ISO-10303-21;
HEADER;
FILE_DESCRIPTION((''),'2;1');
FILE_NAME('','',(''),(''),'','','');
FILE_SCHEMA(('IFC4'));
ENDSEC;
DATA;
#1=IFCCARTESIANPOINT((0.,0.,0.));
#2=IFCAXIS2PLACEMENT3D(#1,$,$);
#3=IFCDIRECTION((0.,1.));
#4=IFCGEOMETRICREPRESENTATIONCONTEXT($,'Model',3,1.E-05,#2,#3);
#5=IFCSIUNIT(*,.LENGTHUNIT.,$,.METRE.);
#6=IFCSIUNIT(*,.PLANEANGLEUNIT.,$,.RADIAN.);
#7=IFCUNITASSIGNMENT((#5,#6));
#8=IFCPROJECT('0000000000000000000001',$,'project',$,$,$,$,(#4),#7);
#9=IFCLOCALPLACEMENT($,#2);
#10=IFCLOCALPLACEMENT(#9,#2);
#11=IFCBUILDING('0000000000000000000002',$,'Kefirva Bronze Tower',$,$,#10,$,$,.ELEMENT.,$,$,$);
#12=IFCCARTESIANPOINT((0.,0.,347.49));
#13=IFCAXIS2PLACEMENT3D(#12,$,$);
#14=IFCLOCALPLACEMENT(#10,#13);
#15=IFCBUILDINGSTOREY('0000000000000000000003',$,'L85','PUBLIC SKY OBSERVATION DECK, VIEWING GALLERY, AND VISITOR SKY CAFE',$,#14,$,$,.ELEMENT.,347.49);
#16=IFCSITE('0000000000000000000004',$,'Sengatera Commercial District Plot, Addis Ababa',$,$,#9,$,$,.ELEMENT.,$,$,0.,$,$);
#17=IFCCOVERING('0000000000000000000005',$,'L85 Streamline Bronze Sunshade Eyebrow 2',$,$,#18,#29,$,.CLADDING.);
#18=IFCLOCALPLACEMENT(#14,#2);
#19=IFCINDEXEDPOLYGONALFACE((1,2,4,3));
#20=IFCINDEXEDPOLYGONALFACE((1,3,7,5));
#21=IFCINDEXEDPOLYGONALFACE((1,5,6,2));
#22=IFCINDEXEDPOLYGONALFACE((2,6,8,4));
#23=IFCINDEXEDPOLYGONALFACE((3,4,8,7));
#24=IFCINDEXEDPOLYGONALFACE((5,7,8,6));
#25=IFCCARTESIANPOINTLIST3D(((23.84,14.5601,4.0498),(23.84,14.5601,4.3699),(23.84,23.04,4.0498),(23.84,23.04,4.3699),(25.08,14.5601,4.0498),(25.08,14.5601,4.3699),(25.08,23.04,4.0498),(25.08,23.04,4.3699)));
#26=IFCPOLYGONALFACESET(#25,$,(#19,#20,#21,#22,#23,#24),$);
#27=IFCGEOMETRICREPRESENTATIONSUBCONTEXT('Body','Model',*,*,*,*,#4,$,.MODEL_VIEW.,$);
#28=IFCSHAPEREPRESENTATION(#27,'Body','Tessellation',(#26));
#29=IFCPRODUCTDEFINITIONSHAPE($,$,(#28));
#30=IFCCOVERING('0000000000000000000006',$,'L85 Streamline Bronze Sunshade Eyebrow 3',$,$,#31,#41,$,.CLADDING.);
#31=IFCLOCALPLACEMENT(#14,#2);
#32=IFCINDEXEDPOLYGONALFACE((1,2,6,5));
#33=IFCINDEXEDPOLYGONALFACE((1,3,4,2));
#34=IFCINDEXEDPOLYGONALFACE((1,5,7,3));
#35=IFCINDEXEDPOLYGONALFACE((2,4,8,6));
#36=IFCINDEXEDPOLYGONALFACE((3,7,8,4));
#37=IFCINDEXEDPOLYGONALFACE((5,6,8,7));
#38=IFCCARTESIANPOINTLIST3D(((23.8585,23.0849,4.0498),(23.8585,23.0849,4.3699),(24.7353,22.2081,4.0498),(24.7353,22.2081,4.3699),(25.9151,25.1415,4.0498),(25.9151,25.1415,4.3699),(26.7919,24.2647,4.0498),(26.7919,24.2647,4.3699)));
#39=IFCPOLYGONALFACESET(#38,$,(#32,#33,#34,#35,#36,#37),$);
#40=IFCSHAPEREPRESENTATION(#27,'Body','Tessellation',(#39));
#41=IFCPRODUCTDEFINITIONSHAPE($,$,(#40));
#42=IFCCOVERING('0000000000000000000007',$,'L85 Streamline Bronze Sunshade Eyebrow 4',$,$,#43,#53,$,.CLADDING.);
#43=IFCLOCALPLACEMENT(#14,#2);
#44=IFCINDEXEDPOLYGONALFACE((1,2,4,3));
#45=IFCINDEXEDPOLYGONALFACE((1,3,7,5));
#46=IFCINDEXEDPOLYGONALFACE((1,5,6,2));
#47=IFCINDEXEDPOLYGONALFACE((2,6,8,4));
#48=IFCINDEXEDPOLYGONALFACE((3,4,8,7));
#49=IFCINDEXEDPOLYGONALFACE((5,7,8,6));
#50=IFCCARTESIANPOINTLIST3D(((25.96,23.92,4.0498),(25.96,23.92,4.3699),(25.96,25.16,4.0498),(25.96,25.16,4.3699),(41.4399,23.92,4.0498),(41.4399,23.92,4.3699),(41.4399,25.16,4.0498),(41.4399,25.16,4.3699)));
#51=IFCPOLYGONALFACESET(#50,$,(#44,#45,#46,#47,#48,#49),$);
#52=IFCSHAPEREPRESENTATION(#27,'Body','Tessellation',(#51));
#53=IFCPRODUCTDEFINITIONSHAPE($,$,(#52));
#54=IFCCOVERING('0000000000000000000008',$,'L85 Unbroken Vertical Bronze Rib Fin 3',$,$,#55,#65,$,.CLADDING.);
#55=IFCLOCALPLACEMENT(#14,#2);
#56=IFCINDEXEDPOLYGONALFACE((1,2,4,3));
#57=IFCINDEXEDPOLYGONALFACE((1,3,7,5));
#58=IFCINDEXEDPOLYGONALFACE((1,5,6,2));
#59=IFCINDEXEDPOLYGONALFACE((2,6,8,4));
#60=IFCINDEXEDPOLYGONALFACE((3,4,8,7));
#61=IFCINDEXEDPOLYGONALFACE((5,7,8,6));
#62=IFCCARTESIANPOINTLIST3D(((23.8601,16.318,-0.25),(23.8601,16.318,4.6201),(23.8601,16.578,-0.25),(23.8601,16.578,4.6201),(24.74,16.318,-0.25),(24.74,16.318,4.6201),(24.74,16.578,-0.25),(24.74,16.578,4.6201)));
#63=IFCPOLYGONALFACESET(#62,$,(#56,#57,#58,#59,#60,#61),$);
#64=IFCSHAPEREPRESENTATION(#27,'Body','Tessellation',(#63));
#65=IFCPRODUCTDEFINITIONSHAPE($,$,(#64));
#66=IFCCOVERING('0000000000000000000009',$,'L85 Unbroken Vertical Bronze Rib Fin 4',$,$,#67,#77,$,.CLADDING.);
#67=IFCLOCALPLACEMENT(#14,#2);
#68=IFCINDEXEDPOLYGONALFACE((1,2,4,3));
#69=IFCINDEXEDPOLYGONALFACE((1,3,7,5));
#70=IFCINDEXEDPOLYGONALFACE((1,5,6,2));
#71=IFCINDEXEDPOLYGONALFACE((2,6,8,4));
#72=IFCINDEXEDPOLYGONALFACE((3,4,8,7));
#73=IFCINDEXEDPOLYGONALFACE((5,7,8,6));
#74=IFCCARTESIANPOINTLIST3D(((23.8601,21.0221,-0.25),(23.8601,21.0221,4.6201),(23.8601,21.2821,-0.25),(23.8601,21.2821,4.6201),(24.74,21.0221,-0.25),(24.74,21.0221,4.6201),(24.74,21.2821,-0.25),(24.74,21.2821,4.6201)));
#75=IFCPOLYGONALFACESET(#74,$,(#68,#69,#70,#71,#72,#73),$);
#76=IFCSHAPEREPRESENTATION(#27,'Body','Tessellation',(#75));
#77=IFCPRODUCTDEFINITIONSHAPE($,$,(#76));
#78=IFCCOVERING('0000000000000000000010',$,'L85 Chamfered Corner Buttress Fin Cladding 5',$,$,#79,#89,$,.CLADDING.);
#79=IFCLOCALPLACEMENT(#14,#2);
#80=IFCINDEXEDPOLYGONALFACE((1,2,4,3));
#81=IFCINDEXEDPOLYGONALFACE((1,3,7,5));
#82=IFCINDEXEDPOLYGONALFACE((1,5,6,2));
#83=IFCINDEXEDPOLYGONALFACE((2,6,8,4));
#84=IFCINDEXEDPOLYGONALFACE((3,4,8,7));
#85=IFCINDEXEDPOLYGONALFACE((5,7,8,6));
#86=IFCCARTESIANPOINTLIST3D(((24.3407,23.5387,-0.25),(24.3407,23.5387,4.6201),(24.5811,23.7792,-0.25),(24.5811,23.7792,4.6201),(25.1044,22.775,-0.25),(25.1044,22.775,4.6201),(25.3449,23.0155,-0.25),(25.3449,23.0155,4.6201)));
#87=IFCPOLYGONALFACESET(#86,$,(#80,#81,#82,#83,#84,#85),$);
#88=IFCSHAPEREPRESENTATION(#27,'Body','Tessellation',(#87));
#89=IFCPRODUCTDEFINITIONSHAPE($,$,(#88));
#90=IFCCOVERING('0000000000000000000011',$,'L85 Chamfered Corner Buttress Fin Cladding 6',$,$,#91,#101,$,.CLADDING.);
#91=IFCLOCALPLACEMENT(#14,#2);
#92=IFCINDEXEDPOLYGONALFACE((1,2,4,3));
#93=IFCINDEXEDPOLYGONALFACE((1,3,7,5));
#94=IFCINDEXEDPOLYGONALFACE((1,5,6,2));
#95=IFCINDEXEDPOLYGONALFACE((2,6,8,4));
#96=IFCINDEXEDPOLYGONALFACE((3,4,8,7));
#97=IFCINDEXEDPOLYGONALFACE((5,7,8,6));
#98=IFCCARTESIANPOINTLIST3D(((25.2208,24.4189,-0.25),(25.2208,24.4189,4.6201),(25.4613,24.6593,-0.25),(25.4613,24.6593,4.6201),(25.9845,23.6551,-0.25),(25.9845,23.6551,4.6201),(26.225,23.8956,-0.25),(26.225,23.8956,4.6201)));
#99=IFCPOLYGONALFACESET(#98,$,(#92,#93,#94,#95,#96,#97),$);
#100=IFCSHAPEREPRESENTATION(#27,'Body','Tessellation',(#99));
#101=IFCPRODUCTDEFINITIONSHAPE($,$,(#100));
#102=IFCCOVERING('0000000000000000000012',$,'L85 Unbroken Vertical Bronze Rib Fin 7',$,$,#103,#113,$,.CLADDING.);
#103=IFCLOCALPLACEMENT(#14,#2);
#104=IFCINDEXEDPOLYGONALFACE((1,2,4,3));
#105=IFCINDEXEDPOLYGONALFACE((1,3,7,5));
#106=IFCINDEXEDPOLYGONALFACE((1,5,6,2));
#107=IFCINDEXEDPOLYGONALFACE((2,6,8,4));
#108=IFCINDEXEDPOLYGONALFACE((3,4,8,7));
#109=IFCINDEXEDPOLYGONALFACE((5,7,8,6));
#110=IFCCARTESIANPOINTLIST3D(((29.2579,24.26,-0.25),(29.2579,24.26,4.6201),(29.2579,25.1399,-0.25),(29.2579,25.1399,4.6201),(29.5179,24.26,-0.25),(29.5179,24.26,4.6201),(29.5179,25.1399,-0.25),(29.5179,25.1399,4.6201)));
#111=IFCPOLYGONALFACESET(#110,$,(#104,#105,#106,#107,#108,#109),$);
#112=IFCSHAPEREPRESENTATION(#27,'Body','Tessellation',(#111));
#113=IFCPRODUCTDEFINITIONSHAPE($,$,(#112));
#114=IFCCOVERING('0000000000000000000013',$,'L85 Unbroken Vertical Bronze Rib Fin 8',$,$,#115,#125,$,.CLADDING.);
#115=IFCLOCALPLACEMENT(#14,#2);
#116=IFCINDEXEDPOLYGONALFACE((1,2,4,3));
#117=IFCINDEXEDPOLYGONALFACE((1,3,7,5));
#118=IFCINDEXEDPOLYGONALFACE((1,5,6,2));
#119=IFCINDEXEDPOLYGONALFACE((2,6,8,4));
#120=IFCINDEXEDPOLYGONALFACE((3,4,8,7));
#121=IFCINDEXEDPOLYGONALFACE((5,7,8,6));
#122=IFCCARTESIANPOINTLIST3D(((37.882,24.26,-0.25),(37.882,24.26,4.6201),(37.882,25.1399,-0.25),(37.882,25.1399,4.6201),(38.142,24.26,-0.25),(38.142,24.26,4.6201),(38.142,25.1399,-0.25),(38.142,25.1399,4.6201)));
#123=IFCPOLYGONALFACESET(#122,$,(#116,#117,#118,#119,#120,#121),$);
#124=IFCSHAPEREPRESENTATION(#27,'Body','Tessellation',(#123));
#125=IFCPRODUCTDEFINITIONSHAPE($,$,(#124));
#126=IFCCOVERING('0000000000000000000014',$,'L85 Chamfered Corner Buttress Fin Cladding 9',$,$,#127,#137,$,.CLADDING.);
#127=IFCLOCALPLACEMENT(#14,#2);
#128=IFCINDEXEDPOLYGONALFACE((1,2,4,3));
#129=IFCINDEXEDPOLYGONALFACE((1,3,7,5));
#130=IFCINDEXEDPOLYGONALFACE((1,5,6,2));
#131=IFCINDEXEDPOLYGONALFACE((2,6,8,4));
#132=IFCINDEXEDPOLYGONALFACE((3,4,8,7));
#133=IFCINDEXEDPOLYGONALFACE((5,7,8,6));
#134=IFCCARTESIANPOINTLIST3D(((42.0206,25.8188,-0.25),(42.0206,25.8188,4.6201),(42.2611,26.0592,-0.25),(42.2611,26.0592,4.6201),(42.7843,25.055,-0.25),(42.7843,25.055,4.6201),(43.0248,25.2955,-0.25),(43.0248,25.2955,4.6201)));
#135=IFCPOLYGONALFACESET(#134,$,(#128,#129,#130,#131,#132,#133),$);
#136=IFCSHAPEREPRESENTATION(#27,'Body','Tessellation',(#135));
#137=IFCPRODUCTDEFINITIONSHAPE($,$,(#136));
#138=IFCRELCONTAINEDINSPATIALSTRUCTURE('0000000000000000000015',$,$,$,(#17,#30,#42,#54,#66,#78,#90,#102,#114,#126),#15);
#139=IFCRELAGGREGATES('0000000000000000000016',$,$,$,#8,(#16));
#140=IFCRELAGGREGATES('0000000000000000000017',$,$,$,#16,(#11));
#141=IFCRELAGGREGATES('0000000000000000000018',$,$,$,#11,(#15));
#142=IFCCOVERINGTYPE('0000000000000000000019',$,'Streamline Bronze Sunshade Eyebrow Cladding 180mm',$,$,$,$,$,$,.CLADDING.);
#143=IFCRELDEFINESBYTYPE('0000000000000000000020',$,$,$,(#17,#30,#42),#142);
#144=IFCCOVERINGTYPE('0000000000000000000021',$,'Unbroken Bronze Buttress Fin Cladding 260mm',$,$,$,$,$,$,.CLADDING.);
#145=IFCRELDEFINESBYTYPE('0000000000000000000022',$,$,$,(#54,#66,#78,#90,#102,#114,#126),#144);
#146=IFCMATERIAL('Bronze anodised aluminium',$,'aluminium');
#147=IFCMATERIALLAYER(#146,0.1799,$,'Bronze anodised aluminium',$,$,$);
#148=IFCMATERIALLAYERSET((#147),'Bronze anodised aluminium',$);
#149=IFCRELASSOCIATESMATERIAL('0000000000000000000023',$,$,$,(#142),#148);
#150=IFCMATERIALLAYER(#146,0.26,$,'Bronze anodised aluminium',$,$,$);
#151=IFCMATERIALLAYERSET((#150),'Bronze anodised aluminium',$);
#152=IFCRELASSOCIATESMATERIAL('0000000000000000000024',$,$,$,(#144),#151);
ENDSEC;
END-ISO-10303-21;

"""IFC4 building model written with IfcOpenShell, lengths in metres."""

from ifc_helpers import new_model, si_unit, direction, frame, origin, origin_2d, place, context, subcontext, project, spatial, rectangle, extrude, material, layer, layer_set, type_object, element, save


model = new_model("IFC4")

# Units and contexts
model_context = context("Model", 3, precision=1e-05, world=origin(), true_north=direction((0.0, 1.0)))
body_context = subcontext(model_context, "Body", "Model", "MODEL_VIEW")
ifc_project = project(units=[si_unit("LENGTHUNIT", "METRE"), si_unit("PLANEANGLEUNIT", "RADIAN")], contexts=[model_context])

# Site, building, storey
site_placement = place(None, origin())
site = spatial("IfcSite", under=ifc_project, at=site_placement, Name="Sengatera Commercial District Plot, Addis Ababa", CompositionType="ELEMENT", RefElevation=0.0)
building_placement = place(site_placement, origin())
building = spatial("IfcBuilding", under=site, at=building_placement, Name="Kefirva Bronze Tower", CompositionType="ELEMENT")
storey_placement = place(building_placement, frame((0.0, 0.0, 347.49)))
storey = spatial("IfcBuildingStorey", under=building, at=storey_placement, Name="L85", Description="PUBLIC SKY OBSERVATION DECK, VIEWING GALLERY, AND VISITOR SKY CAFE", CompositionType="ELEMENT", Elevation=347.49)

# Shared definitions
ifc_material_1 = material(Name="Bronze anodised aluminium", Category="aluminium")

# Coverings
ifc_layer_1 = layer(ifc_material_1, 0.1799, Name="Bronze anodised aluminium")
ifc_layer_set_1 = layer_set([ifc_layer_1], Name="Bronze anodised aluminium")
covering_type_1 = type_object("IfcCoveringType", Name="Streamline Bronze Sunshade Eyebrow Cladding 180mm", PredefinedType="CLADDING", material=ifc_layer_set_1)
covering_1_placement = place(storey_placement, frame((24.46, 18.8, 4.0498), z_axis=(0.0, 0.0, 1.0), x_axis=(0.0, 1.0, 0.0)))
element("IfcCovering", 1, at=covering_1_placement, inside=storey, type_object=covering_type_1, Name="L85 Streamline Bronze Sunshade Eyebrow 2", PredefinedType="CLADDING", context=body_context, shape_type="SweptSolid", body=[
    extrude(rectangle(XDim=8.48, YDim=1.24, at=origin_2d()), origin(), (0.0, 0.0, 1.0), 0.3201),
])
covering_2_placement = place(storey_placement, frame((25.3252, 23.6748, 4.0498), z_axis=(0.0, 0.0, 1.0), x_axis=(0.707107, 0.707107, 0.0)))
element("IfcCovering", 2, at=covering_2_placement, inside=storey, type_object=covering_type_1, Name="L85 Streamline Bronze Sunshade Eyebrow 3", PredefinedType="CLADDING", context=body_context, shape_type="SweptSolid", body=[
    extrude(rectangle(XDim=2.9084, YDim=1.24, at=origin_2d()), origin(), (0.0, 0.0, 1.0), 0.3201),
])
covering_3_placement = place(storey_placement, frame((33.7, 24.54, 4.0498), z_axis=(0.0, 0.0, 1.0), x_axis=(1.0, 0.0, 0.0)))
element("IfcCovering", 3, at=covering_3_placement, inside=storey, type_object=covering_type_1, Name="L85 Streamline Bronze Sunshade Eyebrow 4", PredefinedType="CLADDING", context=body_context, shape_type="SweptSolid", body=[
    extrude(rectangle(XDim=15.48, YDim=1.24, at=origin_2d()), origin(), (0.0, 0.0, 1.0), 0.3201),
])
ifc_layer_2 = layer(ifc_material_1, 0.26, Name="Bronze anodised aluminium")
ifc_layer_set_2 = layer_set([ifc_layer_2], Name="Bronze anodised aluminium")
covering_type_2 = type_object("IfcCoveringType", Name="Unbroken Bronze Buttress Fin Cladding 260mm", PredefinedType="CLADDING", material=ifc_layer_set_2)
for number, where, z_axis, x_axis, name in (
    (4, (24.3, 16.448, -0.25), (0.0, 0.0, 1.0), (0.0, 1.0, 0.0), "L85 Unbroken Vertical Bronze Rib Fin 3"),
    (5, (24.3, 21.1521, -0.25), (0.0, 0.0, 1.0), (0.0, 1.0, 0.0), "L85 Unbroken Vertical Bronze Rib Fin 4"),
):
    element("IfcCovering", number, at=place(storey_placement, frame(where, z_axis=z_axis, x_axis=x_axis)), inside=storey, type_object=covering_type_2, Name=name, PredefinedType="CLADDING", context=body_context, shape_type="SweptSolid", body=[
        extrude(rectangle(XDim=0.26, YDim=0.8799, at=origin_2d()), origin(), (0.0, 0.0, 1.0), 4.8701),
    ])
for number, where, z_axis, x_axis, name in (
    (6, (24.8428, 23.2771, -0.25), (0.0, 0.0, 1.0), (0.707107, 0.707107, 0.0), "L85 Chamfered Corner Buttress Fin Cladding 5"),
    (7, (25.7229, 24.1572, -0.25), (0.0, 0.0, 1.0), (0.707107, 0.707107, 0.0), "L85 Chamfered Corner Buttress Fin Cladding 6"),
):
    element("IfcCovering", number, at=place(storey_placement, frame(where, z_axis=z_axis, x_axis=x_axis)), inside=storey, type_object=covering_type_2, Name=name, PredefinedType="CLADDING", context=body_context, shape_type="SweptSolid", body=[
        extrude(rectangle(XDim=0.3401, YDim=1.0801, at=origin_2d()), origin(), (0.0, 0.0, 1.0), 4.8701),
    ])
for number, where, z_axis, x_axis, name in (
    (8, (29.3879, 24.7, -0.25), (0.0, 0.0, 1.0), (1.0, 0.0, 0.0), "L85 Unbroken Vertical Bronze Rib Fin 7"),
    (9, (38.012, 24.7, -0.25), (0.0, 0.0, 1.0), (1.0, 0.0, 0.0), "L85 Unbroken Vertical Bronze Rib Fin 8"),
):
    element("IfcCovering", number, at=place(storey_placement, frame(where, z_axis=z_axis, x_axis=x_axis)), inside=storey, type_object=covering_type_2, Name=name, PredefinedType="CLADDING", context=body_context, shape_type="SweptSolid", body=[
        extrude(rectangle(XDim=0.26, YDim=0.8799, at=origin_2d()), origin(), (0.0, 0.0, 1.0), 4.8701),
    ])
covering_4_placement = place(storey_placement, frame((42.5227, 25.5571, -0.25), z_axis=(0.0, 0.0, 1.0), x_axis=(0.707107, 0.707107, 0.0)))
element("IfcCovering", 10, at=covering_4_placement, inside=storey, type_object=covering_type_2, Name="L85 Chamfered Corner Buttress Fin Cladding 9", PredefinedType="CLADDING", context=body_context, shape_type="SweptSolid", body=[
    extrude(rectangle(XDim=0.3401, YDim=1.0801, at=origin_2d()), origin(), (0.0, 0.0, 1.0), 4.8701),
])

save(model, "model.ifc")
